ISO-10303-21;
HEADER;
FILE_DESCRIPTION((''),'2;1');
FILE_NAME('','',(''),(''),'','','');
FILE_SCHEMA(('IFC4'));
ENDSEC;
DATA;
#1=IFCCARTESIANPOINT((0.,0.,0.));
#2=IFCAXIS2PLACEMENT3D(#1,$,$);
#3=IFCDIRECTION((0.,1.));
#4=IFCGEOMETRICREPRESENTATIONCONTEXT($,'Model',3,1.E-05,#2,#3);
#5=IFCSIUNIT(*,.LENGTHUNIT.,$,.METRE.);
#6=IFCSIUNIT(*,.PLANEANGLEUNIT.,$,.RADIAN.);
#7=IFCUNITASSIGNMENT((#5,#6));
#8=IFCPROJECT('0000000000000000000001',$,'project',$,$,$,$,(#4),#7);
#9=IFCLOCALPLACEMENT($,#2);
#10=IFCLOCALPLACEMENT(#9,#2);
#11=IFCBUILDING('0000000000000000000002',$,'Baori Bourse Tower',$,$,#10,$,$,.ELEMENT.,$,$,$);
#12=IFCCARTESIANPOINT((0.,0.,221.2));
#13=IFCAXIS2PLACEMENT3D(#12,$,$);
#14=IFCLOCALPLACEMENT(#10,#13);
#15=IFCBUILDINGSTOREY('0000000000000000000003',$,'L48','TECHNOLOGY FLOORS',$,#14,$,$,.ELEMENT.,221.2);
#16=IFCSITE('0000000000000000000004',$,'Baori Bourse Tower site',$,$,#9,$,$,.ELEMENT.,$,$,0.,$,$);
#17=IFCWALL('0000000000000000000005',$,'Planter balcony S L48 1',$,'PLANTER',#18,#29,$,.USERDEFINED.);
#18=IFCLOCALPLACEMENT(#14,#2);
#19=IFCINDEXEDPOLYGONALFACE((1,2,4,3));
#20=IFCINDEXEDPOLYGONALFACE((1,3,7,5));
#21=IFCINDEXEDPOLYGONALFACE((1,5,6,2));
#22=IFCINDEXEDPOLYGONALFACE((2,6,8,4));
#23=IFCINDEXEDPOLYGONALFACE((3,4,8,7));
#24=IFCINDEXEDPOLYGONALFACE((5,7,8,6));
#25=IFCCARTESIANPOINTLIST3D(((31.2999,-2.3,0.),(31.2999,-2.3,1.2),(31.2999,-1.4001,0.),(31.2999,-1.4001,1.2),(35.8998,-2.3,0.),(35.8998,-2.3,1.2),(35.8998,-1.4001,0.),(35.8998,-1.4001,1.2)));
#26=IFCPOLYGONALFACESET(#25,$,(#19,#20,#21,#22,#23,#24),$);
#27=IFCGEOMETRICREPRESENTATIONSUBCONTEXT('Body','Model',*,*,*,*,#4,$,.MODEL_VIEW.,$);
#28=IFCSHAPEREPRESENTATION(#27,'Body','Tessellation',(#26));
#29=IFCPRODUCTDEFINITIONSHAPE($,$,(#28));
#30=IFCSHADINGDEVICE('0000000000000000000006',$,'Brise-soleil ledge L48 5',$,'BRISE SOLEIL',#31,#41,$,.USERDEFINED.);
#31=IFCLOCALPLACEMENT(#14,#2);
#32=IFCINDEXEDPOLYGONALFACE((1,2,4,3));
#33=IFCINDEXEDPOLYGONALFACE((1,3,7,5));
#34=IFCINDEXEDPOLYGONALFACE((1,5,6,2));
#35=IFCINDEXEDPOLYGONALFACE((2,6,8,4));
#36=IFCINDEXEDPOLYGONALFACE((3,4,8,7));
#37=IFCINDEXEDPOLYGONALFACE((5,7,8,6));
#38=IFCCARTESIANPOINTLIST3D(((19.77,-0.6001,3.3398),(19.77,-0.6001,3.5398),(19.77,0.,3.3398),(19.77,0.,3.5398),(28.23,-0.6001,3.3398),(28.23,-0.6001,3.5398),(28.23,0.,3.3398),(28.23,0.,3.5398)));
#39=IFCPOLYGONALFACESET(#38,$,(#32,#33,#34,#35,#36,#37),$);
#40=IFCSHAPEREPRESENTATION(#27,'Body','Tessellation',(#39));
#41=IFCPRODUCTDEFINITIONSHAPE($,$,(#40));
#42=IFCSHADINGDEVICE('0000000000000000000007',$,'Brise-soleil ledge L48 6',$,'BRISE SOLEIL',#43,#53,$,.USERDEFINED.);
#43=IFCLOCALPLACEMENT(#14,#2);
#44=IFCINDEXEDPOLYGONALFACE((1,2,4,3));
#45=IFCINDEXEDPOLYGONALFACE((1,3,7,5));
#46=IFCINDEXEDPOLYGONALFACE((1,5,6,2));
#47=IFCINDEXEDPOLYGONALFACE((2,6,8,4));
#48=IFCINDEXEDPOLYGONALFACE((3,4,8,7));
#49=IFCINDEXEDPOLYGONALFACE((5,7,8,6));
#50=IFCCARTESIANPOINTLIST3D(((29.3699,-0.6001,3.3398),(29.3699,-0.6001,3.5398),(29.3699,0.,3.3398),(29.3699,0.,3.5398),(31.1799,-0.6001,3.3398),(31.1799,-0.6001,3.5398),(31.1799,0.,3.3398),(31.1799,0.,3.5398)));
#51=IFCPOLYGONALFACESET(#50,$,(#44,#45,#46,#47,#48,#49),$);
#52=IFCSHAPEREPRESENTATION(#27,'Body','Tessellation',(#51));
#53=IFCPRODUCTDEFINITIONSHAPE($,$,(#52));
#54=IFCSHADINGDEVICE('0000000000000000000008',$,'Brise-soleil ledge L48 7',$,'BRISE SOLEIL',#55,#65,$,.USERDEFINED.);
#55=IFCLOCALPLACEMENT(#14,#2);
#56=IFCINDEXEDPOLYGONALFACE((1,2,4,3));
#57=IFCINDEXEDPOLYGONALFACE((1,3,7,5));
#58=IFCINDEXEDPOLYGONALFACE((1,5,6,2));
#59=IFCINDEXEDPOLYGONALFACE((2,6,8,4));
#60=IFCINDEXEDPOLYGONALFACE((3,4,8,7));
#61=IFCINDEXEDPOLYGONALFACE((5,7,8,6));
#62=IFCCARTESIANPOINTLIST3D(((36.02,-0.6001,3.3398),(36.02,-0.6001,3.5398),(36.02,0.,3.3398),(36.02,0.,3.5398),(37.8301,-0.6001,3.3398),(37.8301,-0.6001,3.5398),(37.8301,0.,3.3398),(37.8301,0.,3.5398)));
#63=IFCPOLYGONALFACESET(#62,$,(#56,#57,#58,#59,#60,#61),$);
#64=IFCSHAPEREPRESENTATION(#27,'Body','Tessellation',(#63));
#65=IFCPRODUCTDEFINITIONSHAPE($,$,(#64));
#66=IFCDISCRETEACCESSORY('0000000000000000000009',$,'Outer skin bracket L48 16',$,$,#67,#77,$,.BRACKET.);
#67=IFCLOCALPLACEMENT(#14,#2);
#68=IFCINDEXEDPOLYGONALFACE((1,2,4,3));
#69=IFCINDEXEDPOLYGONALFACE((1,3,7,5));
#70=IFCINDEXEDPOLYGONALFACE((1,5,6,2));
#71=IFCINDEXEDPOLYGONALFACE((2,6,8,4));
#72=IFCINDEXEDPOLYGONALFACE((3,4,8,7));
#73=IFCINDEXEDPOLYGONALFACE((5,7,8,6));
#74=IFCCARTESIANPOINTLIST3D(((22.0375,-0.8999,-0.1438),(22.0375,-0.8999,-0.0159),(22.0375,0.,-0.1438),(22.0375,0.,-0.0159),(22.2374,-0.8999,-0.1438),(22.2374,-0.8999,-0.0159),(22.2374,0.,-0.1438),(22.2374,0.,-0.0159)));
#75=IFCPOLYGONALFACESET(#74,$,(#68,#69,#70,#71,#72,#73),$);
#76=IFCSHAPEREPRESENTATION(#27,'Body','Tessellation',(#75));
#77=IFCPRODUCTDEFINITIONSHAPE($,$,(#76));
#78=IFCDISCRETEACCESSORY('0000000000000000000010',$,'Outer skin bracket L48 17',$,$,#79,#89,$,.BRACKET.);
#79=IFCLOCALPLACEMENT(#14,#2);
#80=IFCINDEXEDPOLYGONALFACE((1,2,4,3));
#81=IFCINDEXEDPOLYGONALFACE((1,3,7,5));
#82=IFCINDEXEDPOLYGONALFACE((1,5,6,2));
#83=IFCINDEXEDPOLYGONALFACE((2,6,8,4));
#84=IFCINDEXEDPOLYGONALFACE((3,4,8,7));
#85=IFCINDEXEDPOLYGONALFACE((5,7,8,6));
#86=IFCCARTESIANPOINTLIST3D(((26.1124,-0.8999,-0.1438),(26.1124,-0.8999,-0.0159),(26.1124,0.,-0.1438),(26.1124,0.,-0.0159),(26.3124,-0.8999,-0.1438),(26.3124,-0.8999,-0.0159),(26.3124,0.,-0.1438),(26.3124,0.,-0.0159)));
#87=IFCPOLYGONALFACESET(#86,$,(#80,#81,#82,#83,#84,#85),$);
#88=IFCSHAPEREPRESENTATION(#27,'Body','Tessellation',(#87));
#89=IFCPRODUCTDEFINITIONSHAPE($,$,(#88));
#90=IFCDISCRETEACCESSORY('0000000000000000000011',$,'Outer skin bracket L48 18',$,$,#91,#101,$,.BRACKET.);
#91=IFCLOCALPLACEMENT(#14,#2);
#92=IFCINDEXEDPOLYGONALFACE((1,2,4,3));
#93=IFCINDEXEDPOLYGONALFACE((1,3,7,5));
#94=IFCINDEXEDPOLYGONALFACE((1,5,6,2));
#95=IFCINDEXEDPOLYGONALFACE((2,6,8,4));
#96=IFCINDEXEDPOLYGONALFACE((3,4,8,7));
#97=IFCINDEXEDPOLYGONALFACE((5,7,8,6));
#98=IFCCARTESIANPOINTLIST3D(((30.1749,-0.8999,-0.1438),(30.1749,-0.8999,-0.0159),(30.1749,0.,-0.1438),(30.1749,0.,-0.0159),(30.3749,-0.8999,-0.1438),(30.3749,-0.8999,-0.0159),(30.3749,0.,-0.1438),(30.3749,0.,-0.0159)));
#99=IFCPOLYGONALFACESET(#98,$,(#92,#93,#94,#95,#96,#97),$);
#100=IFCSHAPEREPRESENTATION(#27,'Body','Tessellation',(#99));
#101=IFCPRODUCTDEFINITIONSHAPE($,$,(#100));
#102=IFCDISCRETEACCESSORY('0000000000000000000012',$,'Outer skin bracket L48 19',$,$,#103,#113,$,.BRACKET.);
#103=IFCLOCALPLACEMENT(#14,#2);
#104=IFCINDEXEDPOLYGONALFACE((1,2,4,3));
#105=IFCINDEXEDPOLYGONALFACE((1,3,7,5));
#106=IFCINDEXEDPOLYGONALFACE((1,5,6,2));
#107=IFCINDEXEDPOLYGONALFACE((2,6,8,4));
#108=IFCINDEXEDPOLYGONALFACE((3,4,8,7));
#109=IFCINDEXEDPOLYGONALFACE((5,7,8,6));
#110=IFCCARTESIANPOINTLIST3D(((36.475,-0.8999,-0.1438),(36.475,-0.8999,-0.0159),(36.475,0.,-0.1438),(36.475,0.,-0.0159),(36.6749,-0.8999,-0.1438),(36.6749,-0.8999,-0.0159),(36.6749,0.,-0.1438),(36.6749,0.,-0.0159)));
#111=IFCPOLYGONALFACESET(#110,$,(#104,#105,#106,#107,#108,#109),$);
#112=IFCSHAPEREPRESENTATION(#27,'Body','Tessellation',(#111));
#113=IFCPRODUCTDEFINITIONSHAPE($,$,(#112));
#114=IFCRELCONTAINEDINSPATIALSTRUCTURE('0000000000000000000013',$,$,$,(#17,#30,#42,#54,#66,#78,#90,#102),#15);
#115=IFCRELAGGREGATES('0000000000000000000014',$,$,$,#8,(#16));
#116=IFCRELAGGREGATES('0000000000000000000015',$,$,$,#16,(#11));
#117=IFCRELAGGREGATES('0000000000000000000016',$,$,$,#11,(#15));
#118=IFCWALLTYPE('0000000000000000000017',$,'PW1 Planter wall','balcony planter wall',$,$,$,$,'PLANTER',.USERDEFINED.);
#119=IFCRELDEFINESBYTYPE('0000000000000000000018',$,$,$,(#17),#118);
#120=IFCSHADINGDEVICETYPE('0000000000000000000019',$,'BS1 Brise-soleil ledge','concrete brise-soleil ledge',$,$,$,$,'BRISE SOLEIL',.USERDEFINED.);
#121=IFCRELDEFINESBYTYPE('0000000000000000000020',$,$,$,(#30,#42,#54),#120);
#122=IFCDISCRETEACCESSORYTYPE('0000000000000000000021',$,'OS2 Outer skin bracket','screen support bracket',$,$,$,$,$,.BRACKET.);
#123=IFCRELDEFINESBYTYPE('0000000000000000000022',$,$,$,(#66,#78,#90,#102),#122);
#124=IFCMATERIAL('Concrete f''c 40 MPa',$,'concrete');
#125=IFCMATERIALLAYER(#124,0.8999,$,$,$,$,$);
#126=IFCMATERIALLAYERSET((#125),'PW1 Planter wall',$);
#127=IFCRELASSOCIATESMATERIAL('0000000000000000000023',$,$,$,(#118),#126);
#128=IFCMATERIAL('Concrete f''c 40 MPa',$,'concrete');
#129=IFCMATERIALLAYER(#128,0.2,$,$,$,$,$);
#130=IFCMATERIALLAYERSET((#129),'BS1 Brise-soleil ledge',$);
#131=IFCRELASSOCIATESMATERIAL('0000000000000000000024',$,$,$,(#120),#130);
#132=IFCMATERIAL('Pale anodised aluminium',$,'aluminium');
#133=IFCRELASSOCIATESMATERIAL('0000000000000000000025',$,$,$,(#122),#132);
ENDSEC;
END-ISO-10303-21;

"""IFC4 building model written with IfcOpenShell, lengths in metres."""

from ifc_helpers import new_model, si_unit, direction, frame, frame_2d, origin, origin_2d, place, context, subcontext, project, spatial, rectangle, extrude, material, layer, layer_set, type_object, element, save


model = new_model("IFC4")

# Units and contexts
model_context = context("Model", 3, precision=1e-05, world=origin(), true_north=direction((0.0, 1.0)))
body_context = subcontext(model_context, "Body", "Model", "MODEL_VIEW")
ifc_project = project(units=[si_unit("LENGTHUNIT", "METRE"), si_unit("PLANEANGLEUNIT", "RADIAN")], contexts=[model_context])

# Site, building, storey
site_placement = place(None, origin())
site = spatial("IfcSite", under=ifc_project, at=site_placement, Name="Baori Bourse Tower site", CompositionType="ELEMENT", RefElevation=0.0)
building_placement = place(site_placement, origin())
building = spatial("IfcBuilding", under=site, at=building_placement, Name="Baori Bourse Tower", CompositionType="ELEMENT")
storey_placement = place(building_placement, frame((0.0, 0.0, 221.2)))
storey = spatial("IfcBuildingStorey", under=building, at=storey_placement, Name="L48", Description="TECHNOLOGY FLOORS", CompositionType="ELEMENT", Elevation=221.2)

# Wall
ifc_material_1 = material(Name="Concrete f'c 40 MPa", Category="concrete")
ifc_layer_1 = layer(ifc_material_1, 0.8999)
ifc_layer_set_1 = layer_set([ifc_layer_1], Name="PW1 Planter wall")
wall_type = type_object("IfcWallType", Name="PW1 Planter wall", Description="balcony planter wall", ElementType="PLANTER", PredefinedType="USERDEFINED", material=ifc_layer_set_1)
wall_placement = place(storey_placement, frame((31.3, -1.8501, 0.0), z_axis=(0.0, 0.0, 1.0), x_axis=(1.0, 0.0, 0.0)))
element("IfcWall", 1, at=wall_placement, inside=storey, type_object=wall_type, Name="Planter balcony S L48 1", ObjectType="PLANTER", PredefinedType="USERDEFINED", context=body_context, shape_type="SweptSolid", body=[
    extrude(rectangle(XDim=4.5999, YDim=0.8999, at=frame_2d((2.2998, 0.0))), origin(), (0.0, 0.0, 1.0), 1.2),
])

# Shading devices
ifc_material_2 = material(Name="Concrete f'c 40 MPa", Category="concrete")
ifc_layer_2 = layer(ifc_material_2, 0.2)
ifc_layer_set_2 = layer_set([ifc_layer_2], Name="BS1 Brise-soleil ledge")
shading_device_type = type_object("IfcShadingDeviceType", Name="BS1 Brise-soleil ledge", Description="concrete brise-soleil ledge", ElementType="BRISE SOLEIL", PredefinedType="USERDEFINED", material=ifc_layer_set_2)
shading_device_placement = place(storey_placement, frame((24.0, -0.3, 3.3398), z_axis=(0.0, 0.0, 1.0), x_axis=(1.0, 0.0, 0.0)))
element("IfcShadingDevice", 2, at=shading_device_placement, inside=storey, type_object=shading_device_type, Name="Brise-soleil ledge L48 5", ObjectType="BRISE SOLEIL", PredefinedType="USERDEFINED", context=body_context, shape_type="SweptSolid", body=[
    extrude(rectangle(XDim=8.46, YDim=0.6001, at=origin_2d()), origin(), (0.0, 0.0, 1.0), 0.2),
])
for number, where, z_axis, x_axis, name in (
    (3, (30.2749, -0.3, 3.3398), (0.0, 0.0, 1.0), (1.0, 0.0, 0.0), "Brise-soleil ledge L48 6"),
    (4, (36.925, -0.3, 3.3398), (0.0, 0.0, 1.0), (1.0, 0.0, 0.0), "Brise-soleil ledge L48 7"),
):
    element("IfcShadingDevice", number, at=place(storey_placement, frame(where, z_axis=z_axis, x_axis=x_axis)), inside=storey, type_object=shading_device_type, Name=name, ObjectType="BRISE SOLEIL", PredefinedType="USERDEFINED", context=body_context, shape_type="SweptSolid", body=[
        extrude(rectangle(XDim=1.8101, YDim=0.6001, at=origin_2d()), origin(), (0.0, 0.0, 1.0), 0.2),
    ])

# Discrete accessories
ifc_material_3 = material(Name="Pale anodised aluminium", Category="aluminium")
discrete_accessory_type = type_object("IfcDiscreteAccessoryType", Name="OS2 Outer skin bracket", Description="screen support bracket", PredefinedType="BRACKET", material=ifc_material_3)
for number, where, z_axis, x_axis, name in (
    (5, (22.1375, -0.45, -0.1438), (0.0, 0.0, 1.0), (1.0, 0.0, 0.0), "Outer skin bracket L48 16"),
    (6, (26.2124, -0.45, -0.1438), (0.0, 0.0, 1.0), (1.0, 0.0, 0.0), "Outer skin bracket L48 17"),
    (7, (30.2749, -0.45, -0.1438), (0.0, 0.0, 1.0), (1.0, 0.0, 0.0), "Outer skin bracket L48 18"),
    (8, (36.575, -0.45, -0.1438), (0.0, 0.0, 1.0), (1.0, 0.0, 0.0), "Outer skin bracket L48 19"),
):
    element("IfcDiscreteAccessory", number, at=place(storey_placement, frame(where, z_axis=z_axis, x_axis=x_axis)), inside=storey, type_object=discrete_accessory_type, Name=name, PredefinedType="BRACKET", context=body_context, shape_type="SweptSolid", body=[
        extrude(rectangle(XDim=0.2, YDim=0.8999, at=origin_2d()), origin(), (0.0, 0.0, 1.0), 0.1279),
    ])

save(model, "model.ifc")
